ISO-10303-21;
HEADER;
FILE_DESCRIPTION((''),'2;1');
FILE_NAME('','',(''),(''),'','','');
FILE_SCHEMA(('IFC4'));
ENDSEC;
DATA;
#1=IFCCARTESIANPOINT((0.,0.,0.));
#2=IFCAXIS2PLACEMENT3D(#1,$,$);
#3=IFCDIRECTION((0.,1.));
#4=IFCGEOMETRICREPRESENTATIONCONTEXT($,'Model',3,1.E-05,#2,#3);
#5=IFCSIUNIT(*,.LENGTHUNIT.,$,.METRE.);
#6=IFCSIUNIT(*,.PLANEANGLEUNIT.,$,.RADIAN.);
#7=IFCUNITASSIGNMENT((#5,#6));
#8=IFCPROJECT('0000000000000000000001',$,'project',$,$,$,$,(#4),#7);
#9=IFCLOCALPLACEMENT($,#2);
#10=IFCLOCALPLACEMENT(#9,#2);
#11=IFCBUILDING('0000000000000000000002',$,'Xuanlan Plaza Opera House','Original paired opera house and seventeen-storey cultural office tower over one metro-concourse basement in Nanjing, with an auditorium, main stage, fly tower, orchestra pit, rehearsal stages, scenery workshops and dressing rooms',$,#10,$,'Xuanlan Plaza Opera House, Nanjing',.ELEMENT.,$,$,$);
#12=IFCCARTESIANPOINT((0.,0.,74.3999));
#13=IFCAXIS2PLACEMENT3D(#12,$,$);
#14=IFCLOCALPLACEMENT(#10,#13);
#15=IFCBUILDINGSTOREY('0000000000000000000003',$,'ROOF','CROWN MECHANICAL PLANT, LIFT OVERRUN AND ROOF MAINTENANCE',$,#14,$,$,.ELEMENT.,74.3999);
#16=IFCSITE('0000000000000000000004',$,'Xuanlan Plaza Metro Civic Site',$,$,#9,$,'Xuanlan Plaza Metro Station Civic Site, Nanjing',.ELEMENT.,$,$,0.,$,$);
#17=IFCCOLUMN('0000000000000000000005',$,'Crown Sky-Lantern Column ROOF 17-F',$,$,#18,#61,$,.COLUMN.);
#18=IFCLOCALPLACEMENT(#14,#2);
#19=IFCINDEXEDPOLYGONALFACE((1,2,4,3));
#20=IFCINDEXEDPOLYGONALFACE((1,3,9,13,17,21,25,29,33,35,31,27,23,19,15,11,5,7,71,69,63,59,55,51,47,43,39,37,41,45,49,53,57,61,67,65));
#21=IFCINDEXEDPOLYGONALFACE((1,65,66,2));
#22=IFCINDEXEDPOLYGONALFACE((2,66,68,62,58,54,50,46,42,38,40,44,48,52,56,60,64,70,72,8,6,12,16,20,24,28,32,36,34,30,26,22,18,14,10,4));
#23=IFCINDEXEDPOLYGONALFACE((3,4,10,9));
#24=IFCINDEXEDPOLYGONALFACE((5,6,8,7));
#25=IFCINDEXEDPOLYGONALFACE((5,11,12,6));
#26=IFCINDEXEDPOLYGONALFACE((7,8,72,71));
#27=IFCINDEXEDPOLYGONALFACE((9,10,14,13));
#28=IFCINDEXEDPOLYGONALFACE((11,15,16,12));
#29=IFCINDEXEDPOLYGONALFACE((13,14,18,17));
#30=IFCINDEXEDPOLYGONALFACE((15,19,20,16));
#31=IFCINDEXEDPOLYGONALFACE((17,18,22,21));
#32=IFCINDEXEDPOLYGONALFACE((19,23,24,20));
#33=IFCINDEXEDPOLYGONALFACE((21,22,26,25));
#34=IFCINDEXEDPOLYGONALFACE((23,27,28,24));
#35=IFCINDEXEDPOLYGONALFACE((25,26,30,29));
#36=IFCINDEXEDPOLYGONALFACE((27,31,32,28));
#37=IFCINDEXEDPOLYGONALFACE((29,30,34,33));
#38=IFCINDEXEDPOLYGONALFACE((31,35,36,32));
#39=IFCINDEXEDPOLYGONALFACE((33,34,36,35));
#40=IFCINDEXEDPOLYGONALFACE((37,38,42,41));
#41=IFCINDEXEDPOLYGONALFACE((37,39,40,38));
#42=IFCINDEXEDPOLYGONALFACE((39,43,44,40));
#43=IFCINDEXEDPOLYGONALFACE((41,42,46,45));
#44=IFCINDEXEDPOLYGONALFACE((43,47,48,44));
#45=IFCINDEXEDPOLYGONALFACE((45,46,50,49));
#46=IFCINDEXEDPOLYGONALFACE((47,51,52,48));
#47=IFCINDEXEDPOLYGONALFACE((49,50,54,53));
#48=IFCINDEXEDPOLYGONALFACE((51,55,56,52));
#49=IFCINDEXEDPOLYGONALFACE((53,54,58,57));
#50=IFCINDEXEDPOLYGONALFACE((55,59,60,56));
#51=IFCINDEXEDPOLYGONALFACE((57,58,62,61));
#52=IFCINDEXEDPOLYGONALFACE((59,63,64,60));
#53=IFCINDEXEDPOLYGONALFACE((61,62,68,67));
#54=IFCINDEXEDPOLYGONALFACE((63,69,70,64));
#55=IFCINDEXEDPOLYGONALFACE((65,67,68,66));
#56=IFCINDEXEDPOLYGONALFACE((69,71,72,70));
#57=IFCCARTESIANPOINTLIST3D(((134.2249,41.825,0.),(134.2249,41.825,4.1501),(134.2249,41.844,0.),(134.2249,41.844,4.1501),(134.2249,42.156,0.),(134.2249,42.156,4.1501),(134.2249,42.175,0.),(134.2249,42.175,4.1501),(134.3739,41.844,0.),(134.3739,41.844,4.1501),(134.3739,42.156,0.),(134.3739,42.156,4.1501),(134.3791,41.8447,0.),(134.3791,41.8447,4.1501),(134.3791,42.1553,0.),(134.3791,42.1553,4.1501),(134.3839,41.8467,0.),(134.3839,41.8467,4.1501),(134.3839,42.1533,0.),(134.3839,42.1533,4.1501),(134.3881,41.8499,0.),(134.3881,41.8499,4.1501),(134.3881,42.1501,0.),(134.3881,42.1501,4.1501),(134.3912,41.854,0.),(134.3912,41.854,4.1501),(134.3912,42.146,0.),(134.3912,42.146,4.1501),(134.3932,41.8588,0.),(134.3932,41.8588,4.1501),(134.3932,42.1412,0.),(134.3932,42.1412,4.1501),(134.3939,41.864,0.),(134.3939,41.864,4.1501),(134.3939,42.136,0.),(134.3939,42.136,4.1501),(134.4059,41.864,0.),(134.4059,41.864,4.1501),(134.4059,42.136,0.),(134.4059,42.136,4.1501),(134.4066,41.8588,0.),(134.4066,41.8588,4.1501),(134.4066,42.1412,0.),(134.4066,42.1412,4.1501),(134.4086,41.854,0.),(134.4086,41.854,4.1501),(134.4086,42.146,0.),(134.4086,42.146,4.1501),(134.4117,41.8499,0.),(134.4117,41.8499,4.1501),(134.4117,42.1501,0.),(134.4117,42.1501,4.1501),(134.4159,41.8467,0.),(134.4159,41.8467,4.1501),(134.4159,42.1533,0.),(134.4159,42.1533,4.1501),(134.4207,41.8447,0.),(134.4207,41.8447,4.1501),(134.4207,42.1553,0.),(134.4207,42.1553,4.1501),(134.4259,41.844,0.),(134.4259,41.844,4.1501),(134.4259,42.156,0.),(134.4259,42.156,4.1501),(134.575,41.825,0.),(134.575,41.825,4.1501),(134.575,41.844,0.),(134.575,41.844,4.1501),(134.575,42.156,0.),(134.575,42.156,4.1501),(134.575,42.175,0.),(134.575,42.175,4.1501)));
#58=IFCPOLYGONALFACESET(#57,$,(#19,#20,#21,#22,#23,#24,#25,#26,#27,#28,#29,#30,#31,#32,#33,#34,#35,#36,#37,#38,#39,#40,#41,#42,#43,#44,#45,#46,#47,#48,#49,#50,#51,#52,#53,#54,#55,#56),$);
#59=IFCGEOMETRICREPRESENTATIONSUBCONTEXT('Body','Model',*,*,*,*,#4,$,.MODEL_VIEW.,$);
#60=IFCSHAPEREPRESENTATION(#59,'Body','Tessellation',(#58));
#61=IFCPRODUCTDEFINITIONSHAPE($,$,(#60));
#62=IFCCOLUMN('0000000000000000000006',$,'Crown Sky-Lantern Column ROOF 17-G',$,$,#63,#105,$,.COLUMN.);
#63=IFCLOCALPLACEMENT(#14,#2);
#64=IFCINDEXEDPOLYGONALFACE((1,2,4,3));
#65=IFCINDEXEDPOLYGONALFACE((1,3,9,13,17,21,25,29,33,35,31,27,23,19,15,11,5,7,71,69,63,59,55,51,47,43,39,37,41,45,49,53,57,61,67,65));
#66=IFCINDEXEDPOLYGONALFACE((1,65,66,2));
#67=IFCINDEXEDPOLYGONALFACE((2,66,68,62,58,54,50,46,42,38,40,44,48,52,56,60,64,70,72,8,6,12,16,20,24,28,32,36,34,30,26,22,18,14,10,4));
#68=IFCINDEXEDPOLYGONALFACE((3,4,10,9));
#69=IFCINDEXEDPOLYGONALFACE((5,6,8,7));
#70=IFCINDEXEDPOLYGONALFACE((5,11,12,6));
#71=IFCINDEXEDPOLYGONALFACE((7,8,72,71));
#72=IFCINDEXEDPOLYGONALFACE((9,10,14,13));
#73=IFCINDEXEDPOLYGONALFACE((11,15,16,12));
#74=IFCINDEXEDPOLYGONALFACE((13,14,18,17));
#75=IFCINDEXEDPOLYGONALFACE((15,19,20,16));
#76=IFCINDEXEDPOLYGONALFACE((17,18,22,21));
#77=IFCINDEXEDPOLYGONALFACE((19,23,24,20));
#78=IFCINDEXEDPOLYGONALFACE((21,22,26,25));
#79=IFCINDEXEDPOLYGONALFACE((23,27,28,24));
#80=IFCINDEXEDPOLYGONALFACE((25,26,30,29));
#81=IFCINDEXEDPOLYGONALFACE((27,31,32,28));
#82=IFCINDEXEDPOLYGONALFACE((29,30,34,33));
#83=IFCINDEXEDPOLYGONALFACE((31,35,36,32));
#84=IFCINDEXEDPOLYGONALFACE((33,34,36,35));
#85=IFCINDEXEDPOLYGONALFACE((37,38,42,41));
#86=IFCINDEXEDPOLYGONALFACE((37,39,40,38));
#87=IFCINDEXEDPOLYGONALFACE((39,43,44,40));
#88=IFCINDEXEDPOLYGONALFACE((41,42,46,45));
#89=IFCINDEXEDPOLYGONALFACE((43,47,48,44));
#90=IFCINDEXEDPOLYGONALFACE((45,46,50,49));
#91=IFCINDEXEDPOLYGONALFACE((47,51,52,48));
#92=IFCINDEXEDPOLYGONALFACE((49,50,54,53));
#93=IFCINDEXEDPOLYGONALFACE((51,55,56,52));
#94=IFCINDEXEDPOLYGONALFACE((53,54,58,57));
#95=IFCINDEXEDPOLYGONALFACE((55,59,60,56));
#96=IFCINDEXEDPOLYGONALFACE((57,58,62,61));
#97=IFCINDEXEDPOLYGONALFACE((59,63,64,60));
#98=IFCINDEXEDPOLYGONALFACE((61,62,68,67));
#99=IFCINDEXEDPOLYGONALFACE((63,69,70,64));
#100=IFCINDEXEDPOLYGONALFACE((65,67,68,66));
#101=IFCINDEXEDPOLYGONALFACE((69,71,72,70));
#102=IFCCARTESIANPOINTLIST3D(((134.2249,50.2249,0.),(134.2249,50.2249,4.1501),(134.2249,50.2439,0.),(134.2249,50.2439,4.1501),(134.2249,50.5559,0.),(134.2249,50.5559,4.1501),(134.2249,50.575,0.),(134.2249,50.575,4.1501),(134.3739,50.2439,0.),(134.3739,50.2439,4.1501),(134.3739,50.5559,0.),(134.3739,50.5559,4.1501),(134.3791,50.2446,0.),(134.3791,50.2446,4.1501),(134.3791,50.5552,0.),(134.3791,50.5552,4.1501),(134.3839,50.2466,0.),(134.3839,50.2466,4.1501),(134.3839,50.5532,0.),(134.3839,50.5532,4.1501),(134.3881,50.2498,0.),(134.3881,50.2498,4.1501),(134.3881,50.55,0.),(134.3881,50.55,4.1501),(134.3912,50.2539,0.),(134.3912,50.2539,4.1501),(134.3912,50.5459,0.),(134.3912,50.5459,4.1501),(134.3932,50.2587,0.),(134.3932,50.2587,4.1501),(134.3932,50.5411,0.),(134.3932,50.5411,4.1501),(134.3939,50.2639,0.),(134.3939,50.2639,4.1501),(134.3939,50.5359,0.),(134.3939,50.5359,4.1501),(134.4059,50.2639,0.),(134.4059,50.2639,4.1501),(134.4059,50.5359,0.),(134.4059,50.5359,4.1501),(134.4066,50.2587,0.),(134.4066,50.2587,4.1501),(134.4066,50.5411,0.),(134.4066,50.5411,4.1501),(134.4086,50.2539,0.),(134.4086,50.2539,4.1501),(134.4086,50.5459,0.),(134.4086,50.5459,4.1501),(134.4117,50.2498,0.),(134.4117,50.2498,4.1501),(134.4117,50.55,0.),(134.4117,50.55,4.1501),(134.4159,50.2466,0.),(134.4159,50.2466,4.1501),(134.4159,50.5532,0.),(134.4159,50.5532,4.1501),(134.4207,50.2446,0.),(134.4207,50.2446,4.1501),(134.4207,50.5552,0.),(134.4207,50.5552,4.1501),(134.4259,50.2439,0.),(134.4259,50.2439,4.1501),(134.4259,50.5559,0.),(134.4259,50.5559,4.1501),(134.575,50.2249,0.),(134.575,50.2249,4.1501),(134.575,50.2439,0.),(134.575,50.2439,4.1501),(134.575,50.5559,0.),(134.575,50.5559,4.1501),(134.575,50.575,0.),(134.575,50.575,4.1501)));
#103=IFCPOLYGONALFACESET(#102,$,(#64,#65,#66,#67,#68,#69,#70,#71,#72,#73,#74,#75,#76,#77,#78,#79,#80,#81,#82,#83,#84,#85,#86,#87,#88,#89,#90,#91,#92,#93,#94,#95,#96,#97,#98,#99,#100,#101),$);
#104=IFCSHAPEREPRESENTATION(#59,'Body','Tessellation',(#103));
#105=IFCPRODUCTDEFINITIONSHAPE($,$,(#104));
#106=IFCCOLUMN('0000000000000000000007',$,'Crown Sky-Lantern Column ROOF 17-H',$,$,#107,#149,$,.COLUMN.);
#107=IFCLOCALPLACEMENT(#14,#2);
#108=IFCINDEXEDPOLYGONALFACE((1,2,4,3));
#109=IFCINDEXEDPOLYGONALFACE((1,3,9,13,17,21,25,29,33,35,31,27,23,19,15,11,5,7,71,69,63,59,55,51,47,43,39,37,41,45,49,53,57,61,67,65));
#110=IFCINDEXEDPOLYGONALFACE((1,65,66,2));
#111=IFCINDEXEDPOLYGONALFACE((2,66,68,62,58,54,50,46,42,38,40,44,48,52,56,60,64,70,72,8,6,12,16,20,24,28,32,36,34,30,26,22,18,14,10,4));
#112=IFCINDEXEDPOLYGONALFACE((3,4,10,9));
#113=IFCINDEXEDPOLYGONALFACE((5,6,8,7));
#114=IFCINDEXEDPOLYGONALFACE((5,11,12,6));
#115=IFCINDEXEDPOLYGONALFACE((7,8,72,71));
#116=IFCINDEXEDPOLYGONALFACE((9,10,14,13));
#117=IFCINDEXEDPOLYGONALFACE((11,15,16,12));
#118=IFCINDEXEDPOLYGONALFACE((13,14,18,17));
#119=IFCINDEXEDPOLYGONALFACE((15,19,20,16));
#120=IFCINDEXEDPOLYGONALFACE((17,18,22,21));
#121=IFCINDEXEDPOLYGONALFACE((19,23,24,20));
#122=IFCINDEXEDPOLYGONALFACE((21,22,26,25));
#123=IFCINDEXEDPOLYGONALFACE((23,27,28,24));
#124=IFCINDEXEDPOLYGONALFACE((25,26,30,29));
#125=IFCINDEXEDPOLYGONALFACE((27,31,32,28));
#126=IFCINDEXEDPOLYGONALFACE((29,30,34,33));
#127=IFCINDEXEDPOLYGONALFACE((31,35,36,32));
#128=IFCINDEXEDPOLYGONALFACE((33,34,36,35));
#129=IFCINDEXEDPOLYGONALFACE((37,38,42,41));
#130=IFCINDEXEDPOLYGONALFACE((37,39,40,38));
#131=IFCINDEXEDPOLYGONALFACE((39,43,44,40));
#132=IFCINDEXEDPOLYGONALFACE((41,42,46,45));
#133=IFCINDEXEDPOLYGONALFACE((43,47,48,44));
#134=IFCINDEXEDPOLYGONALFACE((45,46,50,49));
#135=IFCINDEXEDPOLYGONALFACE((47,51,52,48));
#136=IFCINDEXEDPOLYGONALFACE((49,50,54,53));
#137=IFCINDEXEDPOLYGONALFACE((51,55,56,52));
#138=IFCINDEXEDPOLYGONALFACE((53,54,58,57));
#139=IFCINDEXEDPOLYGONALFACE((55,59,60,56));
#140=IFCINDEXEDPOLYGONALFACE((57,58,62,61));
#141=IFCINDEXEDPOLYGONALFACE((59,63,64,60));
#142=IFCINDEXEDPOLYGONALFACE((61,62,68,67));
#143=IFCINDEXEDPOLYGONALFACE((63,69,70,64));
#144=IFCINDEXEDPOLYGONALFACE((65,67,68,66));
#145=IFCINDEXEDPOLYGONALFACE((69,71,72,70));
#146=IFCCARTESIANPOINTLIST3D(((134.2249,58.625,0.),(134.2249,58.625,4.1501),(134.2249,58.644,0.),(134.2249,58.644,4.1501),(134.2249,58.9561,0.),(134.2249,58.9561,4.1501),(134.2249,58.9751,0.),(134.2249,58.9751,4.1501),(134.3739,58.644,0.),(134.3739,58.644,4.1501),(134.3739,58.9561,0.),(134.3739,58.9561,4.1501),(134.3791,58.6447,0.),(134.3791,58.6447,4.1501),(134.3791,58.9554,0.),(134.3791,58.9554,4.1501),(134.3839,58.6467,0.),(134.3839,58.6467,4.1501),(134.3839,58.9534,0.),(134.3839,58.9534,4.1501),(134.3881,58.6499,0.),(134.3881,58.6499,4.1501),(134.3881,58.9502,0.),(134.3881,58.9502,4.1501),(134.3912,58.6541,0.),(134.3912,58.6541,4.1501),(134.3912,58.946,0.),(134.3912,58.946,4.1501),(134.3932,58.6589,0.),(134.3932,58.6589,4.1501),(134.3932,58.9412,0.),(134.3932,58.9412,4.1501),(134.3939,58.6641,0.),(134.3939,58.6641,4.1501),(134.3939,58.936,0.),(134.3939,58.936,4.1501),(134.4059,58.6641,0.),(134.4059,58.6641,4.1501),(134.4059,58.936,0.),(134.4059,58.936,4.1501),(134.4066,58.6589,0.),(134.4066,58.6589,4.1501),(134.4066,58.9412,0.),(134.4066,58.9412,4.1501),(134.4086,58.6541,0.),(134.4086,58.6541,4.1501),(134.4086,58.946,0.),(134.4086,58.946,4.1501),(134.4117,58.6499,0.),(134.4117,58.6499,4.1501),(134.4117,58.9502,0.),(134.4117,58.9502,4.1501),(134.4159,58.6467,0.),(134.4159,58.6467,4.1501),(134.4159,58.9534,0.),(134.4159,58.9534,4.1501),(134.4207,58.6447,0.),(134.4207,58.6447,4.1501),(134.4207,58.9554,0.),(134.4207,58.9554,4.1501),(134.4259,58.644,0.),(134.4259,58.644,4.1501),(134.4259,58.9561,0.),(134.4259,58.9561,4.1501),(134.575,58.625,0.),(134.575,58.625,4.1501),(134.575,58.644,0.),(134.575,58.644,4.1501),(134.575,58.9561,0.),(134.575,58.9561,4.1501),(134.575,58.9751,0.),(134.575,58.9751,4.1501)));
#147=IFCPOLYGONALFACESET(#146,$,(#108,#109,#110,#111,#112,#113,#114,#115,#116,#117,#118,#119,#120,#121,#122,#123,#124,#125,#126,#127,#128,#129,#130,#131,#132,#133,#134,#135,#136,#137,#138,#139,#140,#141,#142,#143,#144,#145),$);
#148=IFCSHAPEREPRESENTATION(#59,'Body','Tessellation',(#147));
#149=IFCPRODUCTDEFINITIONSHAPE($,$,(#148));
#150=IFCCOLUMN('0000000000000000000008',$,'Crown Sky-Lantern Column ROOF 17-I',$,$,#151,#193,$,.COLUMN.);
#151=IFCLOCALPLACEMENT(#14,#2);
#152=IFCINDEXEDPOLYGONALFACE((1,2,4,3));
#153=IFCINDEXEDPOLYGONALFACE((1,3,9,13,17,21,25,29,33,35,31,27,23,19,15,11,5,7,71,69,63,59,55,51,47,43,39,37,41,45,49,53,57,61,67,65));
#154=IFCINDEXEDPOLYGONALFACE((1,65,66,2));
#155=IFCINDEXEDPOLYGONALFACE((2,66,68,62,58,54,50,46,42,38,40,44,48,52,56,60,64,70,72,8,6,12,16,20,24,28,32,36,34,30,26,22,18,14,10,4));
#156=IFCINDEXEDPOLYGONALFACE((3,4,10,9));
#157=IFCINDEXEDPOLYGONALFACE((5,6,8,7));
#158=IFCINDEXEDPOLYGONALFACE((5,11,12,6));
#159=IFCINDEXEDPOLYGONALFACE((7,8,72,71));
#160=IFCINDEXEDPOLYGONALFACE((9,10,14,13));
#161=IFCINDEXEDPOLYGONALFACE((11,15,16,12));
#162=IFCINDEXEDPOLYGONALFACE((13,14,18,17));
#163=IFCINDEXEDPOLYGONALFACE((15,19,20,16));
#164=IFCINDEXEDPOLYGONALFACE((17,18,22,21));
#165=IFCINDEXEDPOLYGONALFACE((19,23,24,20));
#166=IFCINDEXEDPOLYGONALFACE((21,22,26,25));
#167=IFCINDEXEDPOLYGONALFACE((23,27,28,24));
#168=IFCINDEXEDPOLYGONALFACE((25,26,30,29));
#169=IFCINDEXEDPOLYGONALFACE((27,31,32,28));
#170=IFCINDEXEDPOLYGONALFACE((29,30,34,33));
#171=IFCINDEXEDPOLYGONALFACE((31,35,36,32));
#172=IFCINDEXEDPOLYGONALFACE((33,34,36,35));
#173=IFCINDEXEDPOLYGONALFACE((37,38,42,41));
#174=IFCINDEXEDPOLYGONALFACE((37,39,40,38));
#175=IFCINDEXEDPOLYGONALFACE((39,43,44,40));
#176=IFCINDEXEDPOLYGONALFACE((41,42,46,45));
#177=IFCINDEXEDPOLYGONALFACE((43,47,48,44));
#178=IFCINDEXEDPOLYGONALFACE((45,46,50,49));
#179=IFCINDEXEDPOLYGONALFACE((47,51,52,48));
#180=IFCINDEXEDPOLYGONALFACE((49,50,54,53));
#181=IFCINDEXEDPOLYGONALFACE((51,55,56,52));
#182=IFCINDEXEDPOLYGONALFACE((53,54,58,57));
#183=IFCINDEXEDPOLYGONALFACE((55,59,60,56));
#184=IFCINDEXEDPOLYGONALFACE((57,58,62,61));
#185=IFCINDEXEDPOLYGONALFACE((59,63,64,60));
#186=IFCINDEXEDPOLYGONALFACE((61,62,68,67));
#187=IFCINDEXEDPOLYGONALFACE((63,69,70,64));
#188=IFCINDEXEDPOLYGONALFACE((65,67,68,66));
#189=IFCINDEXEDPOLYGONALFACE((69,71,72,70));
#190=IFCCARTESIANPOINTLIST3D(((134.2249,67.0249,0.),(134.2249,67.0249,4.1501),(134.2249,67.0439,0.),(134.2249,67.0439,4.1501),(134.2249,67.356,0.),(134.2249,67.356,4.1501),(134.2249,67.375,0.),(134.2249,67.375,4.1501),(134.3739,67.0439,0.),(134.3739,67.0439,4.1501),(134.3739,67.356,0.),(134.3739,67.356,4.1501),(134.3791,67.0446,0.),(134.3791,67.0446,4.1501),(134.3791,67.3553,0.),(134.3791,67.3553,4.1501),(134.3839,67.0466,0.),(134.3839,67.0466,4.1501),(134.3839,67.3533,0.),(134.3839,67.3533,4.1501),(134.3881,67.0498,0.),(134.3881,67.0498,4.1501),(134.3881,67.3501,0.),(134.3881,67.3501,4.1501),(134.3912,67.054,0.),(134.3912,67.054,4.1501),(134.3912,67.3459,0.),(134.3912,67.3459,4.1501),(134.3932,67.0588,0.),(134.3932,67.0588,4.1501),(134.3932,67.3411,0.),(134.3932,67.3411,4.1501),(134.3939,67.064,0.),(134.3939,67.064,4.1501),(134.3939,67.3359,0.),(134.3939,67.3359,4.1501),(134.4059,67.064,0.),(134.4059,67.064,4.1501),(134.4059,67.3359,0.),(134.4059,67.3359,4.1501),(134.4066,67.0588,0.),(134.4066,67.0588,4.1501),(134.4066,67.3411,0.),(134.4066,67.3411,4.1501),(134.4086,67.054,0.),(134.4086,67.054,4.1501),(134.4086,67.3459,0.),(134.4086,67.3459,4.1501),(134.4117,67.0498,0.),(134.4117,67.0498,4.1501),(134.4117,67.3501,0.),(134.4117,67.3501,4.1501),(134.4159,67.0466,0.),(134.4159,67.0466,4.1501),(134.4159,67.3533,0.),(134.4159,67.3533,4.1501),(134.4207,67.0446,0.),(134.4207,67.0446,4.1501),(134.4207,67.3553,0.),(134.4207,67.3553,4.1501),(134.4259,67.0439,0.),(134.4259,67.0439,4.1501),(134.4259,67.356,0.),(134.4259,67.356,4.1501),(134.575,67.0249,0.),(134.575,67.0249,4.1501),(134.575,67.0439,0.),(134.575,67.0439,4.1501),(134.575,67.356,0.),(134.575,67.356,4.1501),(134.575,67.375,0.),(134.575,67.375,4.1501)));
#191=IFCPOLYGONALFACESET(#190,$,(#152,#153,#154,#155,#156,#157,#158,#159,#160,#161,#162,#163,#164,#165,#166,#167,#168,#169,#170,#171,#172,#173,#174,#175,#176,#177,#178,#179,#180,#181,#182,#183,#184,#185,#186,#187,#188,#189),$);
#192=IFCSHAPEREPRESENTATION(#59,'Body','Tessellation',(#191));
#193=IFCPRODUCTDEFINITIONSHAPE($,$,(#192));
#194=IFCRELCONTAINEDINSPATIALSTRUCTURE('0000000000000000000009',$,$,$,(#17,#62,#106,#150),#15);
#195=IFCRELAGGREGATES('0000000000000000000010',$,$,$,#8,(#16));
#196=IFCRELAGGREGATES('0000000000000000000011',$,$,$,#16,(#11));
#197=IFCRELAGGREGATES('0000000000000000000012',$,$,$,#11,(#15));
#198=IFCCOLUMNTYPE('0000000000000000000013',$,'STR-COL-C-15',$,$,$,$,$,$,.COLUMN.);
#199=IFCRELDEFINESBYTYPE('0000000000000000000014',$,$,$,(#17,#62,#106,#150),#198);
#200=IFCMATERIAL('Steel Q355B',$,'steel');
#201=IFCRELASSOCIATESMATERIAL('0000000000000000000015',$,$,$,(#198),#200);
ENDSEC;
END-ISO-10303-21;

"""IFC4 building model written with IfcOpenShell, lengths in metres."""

from ifc_helpers import new_model, si_unit, direction, frame, origin, origin_2d, place, context, subcontext, project, spatial, i_section, extrude, material, material_profile, profile_set, type_object, element, save


model = new_model("IFC4")

# Units and contexts
model_context = context("Model", 3, precision=1e-05, world=origin(), true_north=direction((0.0, 1.0)))
body_context = subcontext(model_context, "Body", "Model", "MODEL_VIEW")
ifc_project = project(units=[si_unit("LENGTHUNIT", "METRE"), si_unit("PLANEANGLEUNIT", "RADIAN")], contexts=[model_context])

# Site, building, storey
site_placement = place(None, origin())
site = spatial("IfcSite", under=ifc_project, at=site_placement, Name="Xuanlan Plaza Metro Civic Site", LongName="Xuanlan Plaza Metro Station Civic Site, Nanjing", CompositionType="ELEMENT", RefElevation=0.0)
building_placement = place(site_placement, origin())
building = spatial("IfcBuilding", under=site, at=building_placement, Name="Xuanlan Plaza Opera House", Description="Original paired opera house and seventeen-storey cultural office tower over one metro-concourse basement in Nanjing, with an auditorium, main stage, fly tower, orchestra pit, rehearsal stages, scenery workshops and dressing rooms", LongName="Xuanlan Plaza Opera House, Nanjing", CompositionType="ELEMENT")
storey_placement = place(building_placement, frame((0.0, 0.0, 74.3999)))
storey = spatial("IfcBuildingStorey", under=building, at=storey_placement, Name="ROOF", Description="CROWN MECHANICAL PLANT, LIFT OVERRUN AND ROOF MAINTENANCE", CompositionType="ELEMENT", Elevation=74.3999)

# Columns
ifc_material_1 = material(Name="Steel Q355B", Category="steel")
ifc_material_profile_1 = material_profile(ifc_material_1, i_section(OverallWidth=0.3501, OverallDepth=0.3501, WebThickness=0.012, FlangeThickness=0.019, FilletRadius=0.02, at=origin_2d()), Name="HW 350x350x12x19")
ifc_profile_set_1 = profile_set([ifc_material_profile_1], Name="Steel Q355B")
column_type = type_object("IfcColumnType", Name="STR-COL-C-15", PredefinedType="COLUMN", material=ifc_profile_set_1)
for number, where, z_axis, x_axis, name in (
    (1, (134.3999, 42.0, 0.0), (0.0, 0.0, 1.0), (1.0, 0.0, 0.0), "Crown Sky-Lantern Column ROOF 17-F"),
    (2, (134.3999, 50.3999, 0.0), (0.0, 0.0, 1.0), (1.0, 0.0, 0.0), "Crown Sky-Lantern Column ROOF 17-G"),
    (3, (134.3999, 58.8, 0.0), (0.0, 0.0, 1.0), (1.0, 0.0, 0.0), "Crown Sky-Lantern Column ROOF 17-H"),
    (4, (134.3999, 67.2, 0.0), (0.0, 0.0, 1.0), (1.0, 0.0, 0.0), "Crown Sky-Lantern Column ROOF 17-I"),
):
    element("IfcColumn", number, at=place(storey_placement, frame(where, z_axis=z_axis, x_axis=x_axis)), inside=storey, type_object=column_type, Name=name, PredefinedType="COLUMN", context=body_context, shape_type="SweptSolid", body=[
        extrude(i_section(OverallWidth=0.3501, OverallDepth=0.3501, WebThickness=0.012, FlangeThickness=0.019, FilletRadius=0.02, at=origin_2d()), origin(), (0.0, 0.0, 1.0), 4.1501),
    ])

save(model, "model.ifc")
